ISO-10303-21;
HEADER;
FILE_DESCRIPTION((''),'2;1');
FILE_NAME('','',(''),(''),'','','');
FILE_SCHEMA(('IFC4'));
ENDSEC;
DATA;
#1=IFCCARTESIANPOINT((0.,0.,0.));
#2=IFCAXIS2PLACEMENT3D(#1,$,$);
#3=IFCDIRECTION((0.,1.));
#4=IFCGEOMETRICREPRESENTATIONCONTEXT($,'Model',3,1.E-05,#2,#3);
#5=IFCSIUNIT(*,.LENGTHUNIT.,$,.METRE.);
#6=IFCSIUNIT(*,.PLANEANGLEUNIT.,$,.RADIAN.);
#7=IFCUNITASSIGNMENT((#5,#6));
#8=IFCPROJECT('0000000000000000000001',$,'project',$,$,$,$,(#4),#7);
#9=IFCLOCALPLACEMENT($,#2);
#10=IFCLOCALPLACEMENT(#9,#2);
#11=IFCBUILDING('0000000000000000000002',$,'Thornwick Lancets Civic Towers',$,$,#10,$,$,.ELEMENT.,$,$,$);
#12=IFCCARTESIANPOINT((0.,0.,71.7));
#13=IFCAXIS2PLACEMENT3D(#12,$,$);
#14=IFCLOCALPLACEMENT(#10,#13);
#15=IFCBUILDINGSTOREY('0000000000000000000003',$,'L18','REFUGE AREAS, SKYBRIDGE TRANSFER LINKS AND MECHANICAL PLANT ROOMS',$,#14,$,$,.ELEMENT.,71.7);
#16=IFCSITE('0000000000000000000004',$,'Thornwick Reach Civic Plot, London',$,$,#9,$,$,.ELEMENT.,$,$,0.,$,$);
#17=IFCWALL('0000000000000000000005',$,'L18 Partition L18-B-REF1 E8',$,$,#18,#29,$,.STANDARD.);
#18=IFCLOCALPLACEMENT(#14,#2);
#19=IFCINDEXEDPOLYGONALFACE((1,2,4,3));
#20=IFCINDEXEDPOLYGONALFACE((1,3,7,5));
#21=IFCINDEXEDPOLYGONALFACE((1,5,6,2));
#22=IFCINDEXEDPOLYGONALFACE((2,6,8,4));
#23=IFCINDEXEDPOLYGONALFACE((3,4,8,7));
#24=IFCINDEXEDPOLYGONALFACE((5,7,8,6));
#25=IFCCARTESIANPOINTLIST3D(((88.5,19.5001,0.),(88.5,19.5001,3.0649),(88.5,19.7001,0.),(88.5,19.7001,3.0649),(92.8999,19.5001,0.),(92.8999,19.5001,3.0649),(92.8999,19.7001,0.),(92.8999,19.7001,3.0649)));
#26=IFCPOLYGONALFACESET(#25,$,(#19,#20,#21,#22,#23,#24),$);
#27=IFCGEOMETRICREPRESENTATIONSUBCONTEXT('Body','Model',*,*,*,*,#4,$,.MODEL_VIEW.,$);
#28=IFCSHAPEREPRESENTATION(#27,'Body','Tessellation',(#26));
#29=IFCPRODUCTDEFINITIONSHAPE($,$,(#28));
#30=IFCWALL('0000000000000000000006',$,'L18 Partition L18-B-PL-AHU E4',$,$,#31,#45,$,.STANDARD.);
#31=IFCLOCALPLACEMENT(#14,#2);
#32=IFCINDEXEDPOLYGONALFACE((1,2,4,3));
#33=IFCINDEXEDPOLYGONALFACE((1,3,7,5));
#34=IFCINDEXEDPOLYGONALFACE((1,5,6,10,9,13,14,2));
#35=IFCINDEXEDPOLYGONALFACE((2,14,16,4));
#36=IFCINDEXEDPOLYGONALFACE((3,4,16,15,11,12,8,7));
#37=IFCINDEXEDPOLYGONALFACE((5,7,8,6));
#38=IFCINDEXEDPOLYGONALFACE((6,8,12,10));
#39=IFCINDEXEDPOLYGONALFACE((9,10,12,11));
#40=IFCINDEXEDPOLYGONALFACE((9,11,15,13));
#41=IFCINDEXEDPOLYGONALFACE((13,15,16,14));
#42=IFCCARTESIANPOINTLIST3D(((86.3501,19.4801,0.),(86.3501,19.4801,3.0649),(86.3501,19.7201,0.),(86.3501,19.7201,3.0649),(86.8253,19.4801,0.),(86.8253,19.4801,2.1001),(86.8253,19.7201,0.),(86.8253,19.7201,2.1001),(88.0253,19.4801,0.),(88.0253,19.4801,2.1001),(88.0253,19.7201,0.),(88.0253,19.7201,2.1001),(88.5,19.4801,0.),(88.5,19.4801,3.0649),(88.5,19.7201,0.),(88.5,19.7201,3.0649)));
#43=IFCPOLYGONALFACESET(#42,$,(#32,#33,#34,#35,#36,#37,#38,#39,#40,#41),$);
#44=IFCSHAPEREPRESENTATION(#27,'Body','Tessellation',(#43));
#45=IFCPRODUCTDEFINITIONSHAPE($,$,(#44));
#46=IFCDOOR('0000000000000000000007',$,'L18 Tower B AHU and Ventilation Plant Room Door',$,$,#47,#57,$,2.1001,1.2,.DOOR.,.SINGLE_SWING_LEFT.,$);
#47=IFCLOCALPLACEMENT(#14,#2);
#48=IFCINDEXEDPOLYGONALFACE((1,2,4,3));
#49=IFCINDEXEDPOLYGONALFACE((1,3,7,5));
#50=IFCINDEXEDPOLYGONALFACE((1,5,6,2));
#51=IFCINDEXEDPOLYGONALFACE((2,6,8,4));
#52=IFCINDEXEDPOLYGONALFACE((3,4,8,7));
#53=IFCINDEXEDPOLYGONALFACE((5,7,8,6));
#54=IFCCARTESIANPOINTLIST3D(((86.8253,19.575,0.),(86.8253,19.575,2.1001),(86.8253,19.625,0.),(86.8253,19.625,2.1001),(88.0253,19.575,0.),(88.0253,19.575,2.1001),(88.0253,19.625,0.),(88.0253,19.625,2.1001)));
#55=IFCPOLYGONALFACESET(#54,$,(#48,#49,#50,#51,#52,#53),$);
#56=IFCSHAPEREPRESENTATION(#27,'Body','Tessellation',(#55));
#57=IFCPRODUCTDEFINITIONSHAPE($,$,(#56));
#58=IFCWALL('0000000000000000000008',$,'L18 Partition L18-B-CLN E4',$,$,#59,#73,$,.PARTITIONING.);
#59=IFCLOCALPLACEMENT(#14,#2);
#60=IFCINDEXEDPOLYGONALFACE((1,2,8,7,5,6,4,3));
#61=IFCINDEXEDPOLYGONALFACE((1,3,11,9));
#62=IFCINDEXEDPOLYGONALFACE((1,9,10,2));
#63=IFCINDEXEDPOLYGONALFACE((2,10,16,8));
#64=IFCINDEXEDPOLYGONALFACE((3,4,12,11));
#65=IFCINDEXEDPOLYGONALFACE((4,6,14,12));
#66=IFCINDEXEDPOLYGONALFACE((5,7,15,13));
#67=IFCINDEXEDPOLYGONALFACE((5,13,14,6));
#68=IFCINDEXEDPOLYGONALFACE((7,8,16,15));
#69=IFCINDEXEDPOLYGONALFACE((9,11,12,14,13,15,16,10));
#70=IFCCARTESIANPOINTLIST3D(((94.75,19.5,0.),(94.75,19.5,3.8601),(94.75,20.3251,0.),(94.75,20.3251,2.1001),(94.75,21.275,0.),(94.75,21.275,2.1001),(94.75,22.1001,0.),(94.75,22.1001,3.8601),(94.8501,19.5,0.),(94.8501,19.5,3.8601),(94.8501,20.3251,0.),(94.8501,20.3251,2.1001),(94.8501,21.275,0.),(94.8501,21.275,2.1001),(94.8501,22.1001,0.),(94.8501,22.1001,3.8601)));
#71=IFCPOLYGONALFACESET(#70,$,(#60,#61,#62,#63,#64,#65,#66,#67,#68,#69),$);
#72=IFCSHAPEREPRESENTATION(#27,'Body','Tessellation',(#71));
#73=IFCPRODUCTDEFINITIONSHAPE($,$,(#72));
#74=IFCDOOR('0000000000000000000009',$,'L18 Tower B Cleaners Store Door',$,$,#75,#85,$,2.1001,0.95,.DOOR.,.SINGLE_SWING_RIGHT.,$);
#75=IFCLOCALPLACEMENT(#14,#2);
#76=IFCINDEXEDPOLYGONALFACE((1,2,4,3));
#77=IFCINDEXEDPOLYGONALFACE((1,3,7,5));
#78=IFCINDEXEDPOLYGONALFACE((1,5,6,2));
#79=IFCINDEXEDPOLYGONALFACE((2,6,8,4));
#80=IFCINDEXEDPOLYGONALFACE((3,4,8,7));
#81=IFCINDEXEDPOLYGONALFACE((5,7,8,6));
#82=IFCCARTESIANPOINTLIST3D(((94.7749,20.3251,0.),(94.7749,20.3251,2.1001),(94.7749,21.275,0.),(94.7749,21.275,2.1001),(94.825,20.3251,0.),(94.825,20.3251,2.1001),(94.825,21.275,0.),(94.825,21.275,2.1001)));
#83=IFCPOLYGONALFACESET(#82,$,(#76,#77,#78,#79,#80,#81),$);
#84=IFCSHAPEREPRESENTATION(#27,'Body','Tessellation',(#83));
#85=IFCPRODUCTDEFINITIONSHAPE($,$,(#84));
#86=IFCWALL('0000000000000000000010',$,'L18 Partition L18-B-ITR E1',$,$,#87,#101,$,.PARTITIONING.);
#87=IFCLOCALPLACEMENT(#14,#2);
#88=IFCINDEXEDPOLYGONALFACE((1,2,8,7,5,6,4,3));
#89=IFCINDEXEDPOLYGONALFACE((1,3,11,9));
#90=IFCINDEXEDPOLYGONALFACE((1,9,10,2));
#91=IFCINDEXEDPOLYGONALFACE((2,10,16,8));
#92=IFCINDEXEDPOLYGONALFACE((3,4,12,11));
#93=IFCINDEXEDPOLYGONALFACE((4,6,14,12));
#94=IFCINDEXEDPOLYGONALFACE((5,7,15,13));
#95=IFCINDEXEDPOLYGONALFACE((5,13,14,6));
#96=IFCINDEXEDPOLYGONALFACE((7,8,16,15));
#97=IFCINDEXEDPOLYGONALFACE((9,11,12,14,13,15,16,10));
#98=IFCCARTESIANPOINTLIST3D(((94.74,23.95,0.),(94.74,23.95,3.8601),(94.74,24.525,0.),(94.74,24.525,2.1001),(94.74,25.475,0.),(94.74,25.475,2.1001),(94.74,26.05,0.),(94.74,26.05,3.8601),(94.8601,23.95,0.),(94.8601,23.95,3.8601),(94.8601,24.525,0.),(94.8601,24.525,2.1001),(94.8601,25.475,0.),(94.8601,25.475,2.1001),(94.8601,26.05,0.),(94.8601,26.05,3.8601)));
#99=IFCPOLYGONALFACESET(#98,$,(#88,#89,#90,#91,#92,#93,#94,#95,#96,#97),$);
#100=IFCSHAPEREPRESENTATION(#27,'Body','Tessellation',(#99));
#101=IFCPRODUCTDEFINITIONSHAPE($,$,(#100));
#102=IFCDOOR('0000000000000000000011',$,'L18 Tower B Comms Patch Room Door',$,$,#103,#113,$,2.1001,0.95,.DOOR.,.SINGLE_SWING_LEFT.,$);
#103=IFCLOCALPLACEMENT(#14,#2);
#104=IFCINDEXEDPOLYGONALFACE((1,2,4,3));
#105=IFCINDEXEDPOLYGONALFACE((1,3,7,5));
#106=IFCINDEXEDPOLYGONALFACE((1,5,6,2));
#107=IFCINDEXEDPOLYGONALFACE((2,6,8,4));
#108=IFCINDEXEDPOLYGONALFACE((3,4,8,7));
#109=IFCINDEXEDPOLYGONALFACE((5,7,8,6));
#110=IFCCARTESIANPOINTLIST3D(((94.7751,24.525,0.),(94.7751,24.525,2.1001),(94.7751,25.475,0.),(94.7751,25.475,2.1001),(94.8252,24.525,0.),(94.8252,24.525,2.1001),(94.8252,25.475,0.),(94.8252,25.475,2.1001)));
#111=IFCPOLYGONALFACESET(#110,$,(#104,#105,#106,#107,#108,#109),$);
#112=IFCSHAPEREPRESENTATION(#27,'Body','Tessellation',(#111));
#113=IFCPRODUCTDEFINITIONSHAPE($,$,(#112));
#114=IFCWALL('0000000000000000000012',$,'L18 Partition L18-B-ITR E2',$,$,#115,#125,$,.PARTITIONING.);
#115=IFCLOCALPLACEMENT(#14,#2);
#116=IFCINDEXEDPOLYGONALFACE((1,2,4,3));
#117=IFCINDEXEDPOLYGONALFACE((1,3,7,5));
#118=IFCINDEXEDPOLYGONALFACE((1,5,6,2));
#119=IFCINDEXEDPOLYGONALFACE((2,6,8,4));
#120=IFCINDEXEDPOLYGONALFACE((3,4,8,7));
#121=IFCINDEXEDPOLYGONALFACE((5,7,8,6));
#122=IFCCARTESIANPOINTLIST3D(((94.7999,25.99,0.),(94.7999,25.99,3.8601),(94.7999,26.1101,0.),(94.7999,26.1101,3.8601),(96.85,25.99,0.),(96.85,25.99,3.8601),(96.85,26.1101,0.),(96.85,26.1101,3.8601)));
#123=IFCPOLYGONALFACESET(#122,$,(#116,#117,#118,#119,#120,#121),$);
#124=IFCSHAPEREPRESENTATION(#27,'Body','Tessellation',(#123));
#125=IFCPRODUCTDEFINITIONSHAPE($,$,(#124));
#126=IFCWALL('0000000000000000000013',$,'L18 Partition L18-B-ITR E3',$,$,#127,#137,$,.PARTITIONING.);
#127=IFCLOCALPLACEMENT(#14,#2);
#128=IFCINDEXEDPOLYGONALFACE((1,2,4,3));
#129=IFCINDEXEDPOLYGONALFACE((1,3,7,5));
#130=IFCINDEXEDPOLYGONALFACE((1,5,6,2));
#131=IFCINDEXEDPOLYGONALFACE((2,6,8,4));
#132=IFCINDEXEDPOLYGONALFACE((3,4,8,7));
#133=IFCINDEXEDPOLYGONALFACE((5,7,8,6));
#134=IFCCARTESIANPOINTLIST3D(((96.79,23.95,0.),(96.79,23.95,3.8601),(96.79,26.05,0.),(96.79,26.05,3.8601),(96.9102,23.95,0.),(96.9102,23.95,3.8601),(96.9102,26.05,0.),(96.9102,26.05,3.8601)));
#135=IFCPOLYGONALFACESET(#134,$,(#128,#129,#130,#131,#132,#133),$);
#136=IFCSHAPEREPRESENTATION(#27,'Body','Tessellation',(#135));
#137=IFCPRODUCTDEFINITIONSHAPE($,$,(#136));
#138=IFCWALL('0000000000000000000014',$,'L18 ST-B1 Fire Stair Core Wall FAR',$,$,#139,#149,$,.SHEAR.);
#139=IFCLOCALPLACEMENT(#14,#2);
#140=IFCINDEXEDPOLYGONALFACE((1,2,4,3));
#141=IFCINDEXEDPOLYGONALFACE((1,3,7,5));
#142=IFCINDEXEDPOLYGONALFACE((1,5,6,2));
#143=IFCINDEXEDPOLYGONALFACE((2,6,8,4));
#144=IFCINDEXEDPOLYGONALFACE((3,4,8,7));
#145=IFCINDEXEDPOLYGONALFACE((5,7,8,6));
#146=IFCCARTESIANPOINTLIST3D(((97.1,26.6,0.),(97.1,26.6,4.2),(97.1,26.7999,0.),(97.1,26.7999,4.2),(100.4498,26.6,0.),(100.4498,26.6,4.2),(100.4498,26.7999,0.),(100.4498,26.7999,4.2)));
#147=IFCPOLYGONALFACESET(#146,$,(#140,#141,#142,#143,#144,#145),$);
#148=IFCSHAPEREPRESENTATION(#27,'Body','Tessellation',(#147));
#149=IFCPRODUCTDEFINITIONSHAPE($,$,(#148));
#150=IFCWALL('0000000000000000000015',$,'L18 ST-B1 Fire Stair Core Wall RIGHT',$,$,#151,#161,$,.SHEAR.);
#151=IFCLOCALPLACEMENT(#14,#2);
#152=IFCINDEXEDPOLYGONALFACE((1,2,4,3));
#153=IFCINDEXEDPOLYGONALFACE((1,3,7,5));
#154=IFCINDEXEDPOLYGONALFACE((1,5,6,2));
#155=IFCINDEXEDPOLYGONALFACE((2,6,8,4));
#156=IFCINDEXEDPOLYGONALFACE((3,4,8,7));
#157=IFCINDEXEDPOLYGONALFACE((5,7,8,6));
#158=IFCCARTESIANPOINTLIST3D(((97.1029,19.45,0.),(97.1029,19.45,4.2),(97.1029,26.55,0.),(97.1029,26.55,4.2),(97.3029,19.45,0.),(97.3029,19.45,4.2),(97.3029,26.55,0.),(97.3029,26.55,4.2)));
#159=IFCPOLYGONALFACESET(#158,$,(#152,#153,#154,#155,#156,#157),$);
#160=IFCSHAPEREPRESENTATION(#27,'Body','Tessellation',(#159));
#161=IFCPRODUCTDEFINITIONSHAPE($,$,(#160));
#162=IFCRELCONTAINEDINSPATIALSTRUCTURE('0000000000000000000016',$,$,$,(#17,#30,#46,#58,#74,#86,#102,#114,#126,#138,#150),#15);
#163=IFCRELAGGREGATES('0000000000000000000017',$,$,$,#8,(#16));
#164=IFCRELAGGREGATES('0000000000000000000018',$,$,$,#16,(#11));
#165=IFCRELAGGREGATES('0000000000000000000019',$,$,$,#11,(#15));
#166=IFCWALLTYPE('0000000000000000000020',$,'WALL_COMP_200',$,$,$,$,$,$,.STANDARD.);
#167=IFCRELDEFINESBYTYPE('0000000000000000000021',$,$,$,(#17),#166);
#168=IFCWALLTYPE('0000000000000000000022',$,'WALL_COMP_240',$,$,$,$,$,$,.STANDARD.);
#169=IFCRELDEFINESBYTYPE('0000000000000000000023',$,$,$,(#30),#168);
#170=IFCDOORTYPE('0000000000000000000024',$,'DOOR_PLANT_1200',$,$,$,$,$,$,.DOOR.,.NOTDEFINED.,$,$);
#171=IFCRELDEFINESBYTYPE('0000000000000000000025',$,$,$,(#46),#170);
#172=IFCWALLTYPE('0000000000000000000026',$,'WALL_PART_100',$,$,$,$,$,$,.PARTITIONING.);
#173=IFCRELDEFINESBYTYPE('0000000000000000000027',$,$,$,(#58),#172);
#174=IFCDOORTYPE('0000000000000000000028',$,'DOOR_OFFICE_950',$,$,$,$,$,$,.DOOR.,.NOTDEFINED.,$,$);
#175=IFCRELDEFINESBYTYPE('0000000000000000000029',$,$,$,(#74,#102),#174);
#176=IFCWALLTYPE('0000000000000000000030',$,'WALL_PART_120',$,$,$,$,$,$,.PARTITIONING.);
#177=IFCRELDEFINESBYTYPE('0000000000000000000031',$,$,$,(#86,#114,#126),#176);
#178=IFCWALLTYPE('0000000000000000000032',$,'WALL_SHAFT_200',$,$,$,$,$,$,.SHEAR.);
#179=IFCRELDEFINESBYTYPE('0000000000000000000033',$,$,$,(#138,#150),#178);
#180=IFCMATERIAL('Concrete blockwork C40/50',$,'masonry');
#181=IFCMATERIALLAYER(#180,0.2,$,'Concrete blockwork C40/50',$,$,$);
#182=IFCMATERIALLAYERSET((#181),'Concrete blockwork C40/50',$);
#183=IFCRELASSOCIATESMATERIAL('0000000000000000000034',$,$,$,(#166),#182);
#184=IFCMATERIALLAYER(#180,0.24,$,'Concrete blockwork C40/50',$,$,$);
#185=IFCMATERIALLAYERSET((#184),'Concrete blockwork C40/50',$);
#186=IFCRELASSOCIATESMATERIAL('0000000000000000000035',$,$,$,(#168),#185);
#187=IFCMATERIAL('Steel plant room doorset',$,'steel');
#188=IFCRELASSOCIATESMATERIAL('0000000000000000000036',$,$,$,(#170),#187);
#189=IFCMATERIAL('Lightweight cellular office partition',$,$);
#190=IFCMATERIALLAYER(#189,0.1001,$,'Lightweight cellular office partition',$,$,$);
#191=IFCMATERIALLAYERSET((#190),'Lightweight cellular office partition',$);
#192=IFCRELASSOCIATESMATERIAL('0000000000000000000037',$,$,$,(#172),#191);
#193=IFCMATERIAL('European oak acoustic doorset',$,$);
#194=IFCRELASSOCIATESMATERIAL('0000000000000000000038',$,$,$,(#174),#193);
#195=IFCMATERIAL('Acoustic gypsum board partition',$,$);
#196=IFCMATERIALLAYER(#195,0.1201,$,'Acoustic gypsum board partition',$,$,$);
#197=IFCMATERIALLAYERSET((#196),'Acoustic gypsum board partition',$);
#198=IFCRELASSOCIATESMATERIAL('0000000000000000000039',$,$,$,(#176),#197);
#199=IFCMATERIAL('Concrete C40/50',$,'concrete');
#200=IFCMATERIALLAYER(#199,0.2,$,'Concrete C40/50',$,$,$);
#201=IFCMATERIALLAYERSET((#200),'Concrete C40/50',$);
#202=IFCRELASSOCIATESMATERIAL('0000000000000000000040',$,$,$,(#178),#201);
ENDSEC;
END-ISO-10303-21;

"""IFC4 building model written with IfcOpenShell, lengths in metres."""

from ifc_helpers import new_model, si_unit, direction, frame, frame_2d, origin, place, context, subcontext, project, spatial, rectangle, extrude, material, layer, layer_set, type_object, element, fill, save


model = new_model("IFC4")

# Units and contexts
model_context = context("Model", 3, precision=1e-05, world=origin(), true_north=direction((0.0, 1.0)))
body_context = subcontext(model_context, "Body", "Model", "MODEL_VIEW")
ifc_project = project(units=[si_unit("LENGTHUNIT", "METRE"), si_unit("PLANEANGLEUNIT", "RADIAN")], contexts=[model_context])

# Site, building, storey
site_placement = place(None, origin())
site = spatial("IfcSite", under=ifc_project, at=site_placement, Name="Thornwick Reach Civic Plot, London", CompositionType="ELEMENT", RefElevation=0.0)
building_placement = place(site_placement, origin())
building = spatial("IfcBuilding", under=site, at=building_placement, Name="Thornwick Lancets Civic Towers", CompositionType="ELEMENT")
storey_placement = place(building_placement, frame((0.0, 0.0, 71.7)))
storey = spatial("IfcBuildingStorey", under=building, at=storey_placement, Name="L18", Description="REFUGE AREAS, SKYBRIDGE TRANSFER LINKS AND MECHANICAL PLANT ROOMS", CompositionType="ELEMENT", Elevation=71.7)

# Shared definitions
ifc_material_1 = material(Name="Concrete blockwork C40/50", Category="masonry")
ifc_layer_1 = layer(ifc_material_1, 0.2, Name="Concrete blockwork C40/50")
ifc_layer_set_1 = layer_set([ifc_layer_1], Name="Concrete blockwork C40/50")
wall_type_1 = type_object("IfcWallType", Name="WALL_COMP_200", PredefinedType="STANDARD", material=ifc_layer_set_1)

# Wall
wall_1_placement = place(storey_placement, frame((88.5, 19.6001, 0.0), z_axis=(0.0, 0.0, 1.0), x_axis=(1.0, 0.0, 0.0)))
element("IfcWall", 1, at=wall_1_placement, inside=storey, type_object=wall_type_1, Name="L18 Partition L18-B-REF1 E8", PredefinedType="STANDARD", context=body_context, shape_type="SweptSolid", body=[
    extrude(rectangle(XDim=4.3999, YDim=0.2, at=frame_2d((2.2, 0.0))), origin(), (0.0, 0.0, 1.0), 3.0649),
])

# Walls, openings, doors
ifc_layer_2 = layer(ifc_material_1, 0.24, Name="Concrete blockwork C40/50")
ifc_layer_set_2 = layer_set([ifc_layer_2], Name="Concrete blockwork C40/50")
wall_type_2 = type_object("IfcWallType", Name="WALL_COMP_240", PredefinedType="STANDARD", material=ifc_layer_set_2)
wall_2_placement = place(storey_placement, frame((86.3501, 19.6001, 0.0), z_axis=(0.0, 0.0, 1.0), x_axis=(1.0, 0.0, 0.0)))
wall_2 = element("IfcWall", 2, at=wall_2_placement, inside=storey, type_object=wall_type_2, Name="L18 Partition L18-B-PL-AHU E4", PredefinedType="STANDARD", context=body_context, shape_type="SweptSolid", body=[
    extrude(rectangle(XDim=2.1499, YDim=0.24, at=frame_2d((1.075, 0.0))), origin(), (0.0, 0.0, 1.0), 3.0649),
])
opening_1_placement = place(wall_2_placement, frame((0.4751, 0.0, 0.0)))
opening_1 = element("IfcOpeningElement", 3, at=opening_1_placement, cuts=wall_2, PredefinedType="OPENING", context=body_context, shape_type="SweptSolid", body=[
    extrude(rectangle(XDim=1.2, YDim=2.1001, at=frame_2d((0.6001, 1.05))), frame((0.0, 0.1299, 0.0), z_axis=(0.0, -1.0, 0.0), x_axis=(1.0, 0.0, 0.0)), (0.0, 0.0, 1.0), 0.26),
])
ifc_material_2 = material(Name="Steel plant room doorset", Category="steel")
door_type_1 = type_object("IfcDoorType", Name="DOOR_PLANT_1200", OperationType="NOTDEFINED", PredefinedType="DOOR", material=ifc_material_2)
door_1_placement = place(opening_1_placement, origin())
door_1 = element("IfcDoor", 4, at=door_1_placement, inside=storey, type_object=door_type_1, Name="L18 Tower B AHU and Ventilation Plant Room Door", OperationType="SINGLE_SWING_LEFT", OverallHeight=2.1001, OverallWidth=1.2, PredefinedType="DOOR", context=body_context, shape_type="SweptSolid", body=[
    extrude(rectangle(XDim=1.2, YDim=2.1001, at=frame_2d((0.6001, 1.05))), frame((0.0, 0.0249, 0.0), z_axis=(0.0, -1.0, 0.0), x_axis=(1.0, 0.0, 0.0)), (0.0, 0.0, 1.0), 0.05),
])
fill(opening_1, door_1)
ifc_material_3 = material(Name="Lightweight cellular office partition")
ifc_layer_3 = layer(ifc_material_3, 0.1001, Name="Lightweight cellular office partition")
ifc_layer_set_3 = layer_set([ifc_layer_3], Name="Lightweight cellular office partition")
wall_type_3 = type_object("IfcWallType", Name="WALL_PART_100", PredefinedType="PARTITIONING", material=ifc_layer_set_3)
wall_3_placement = place(storey_placement, frame((94.8, 22.1001, 0.0), z_axis=(0.0, 0.0, 1.0), x_axis=(0.0, -1.0, 0.0)))
wall_3 = element("IfcWall", 5, at=wall_3_placement, inside=storey, type_object=wall_type_3, Name="L18 Partition L18-B-CLN E4", PredefinedType="PARTITIONING", context=body_context, shape_type="SweptSolid", body=[
    extrude(rectangle(XDim=2.6001, YDim=0.1001, at=frame_2d((1.3, 0.0))), origin(), (0.0, 0.0, 1.0), 3.8601),
])
opening_2_placement = place(wall_3_placement, frame((0.825, 0.0, 0.0)))
opening_2 = element("IfcOpeningElement", 6, at=opening_2_placement, cuts=wall_3, PredefinedType="OPENING", context=body_context, shape_type="SweptSolid", body=[
    extrude(rectangle(XDim=0.95, YDim=2.1001, at=frame_2d((0.4751, 1.05))), frame((0.0, 0.0601, 0.0), z_axis=(0.0, -1.0, 0.0), x_axis=(1.0, 0.0, 0.0)), (0.0, 0.0, 1.0), 0.1201),
])
ifc_material_4 = material(Name="European oak acoustic doorset")
door_type_2 = type_object("IfcDoorType", Name="DOOR_OFFICE_950", OperationType="NOTDEFINED", PredefinedType="DOOR", material=ifc_material_4)
door_2_placement = place(opening_2_placement, origin())
door_2 = element("IfcDoor", 7, at=door_2_placement, inside=storey, type_object=door_type_2, Name="L18 Tower B Cleaners Store Door", OperationType="SINGLE_SWING_RIGHT", OverallHeight=2.1001, OverallWidth=0.95, PredefinedType="DOOR", context=body_context, shape_type="SweptSolid", body=[
    extrude(rectangle(XDim=0.95, YDim=2.1001, at=frame_2d((0.4751, 1.05))), frame((0.0, 0.0249, 0.0), z_axis=(0.0, -1.0, 0.0), x_axis=(1.0, 0.0, 0.0)), (0.0, 0.0, 1.0), 0.05),
])
fill(opening_2, door_2)
ifc_material_5 = material(Name="Acoustic gypsum board partition")
ifc_layer_4 = layer(ifc_material_5, 0.1201, Name="Acoustic gypsum board partition")
ifc_layer_set_4 = layer_set([ifc_layer_4], Name="Acoustic gypsum board partition")
wall_type_4 = type_object("IfcWallType", Name="WALL_PART_120", PredefinedType="PARTITIONING", material=ifc_layer_set_4)
wall_4_placement = place(storey_placement, frame((94.8, 23.95, 0.0), z_axis=(0.0, 0.0, 1.0), x_axis=(0.0, 1.0, 0.0)))
wall_4 = element("IfcWall", 8, at=wall_4_placement, inside=storey, type_object=wall_type_4, Name="L18 Partition L18-B-ITR E1", PredefinedType="PARTITIONING", context=body_context, shape_type="SweptSolid", body=[
    extrude(rectangle(XDim=2.1001, YDim=0.1201, at=frame_2d((1.05, 0.0))), origin(), (0.0, 0.0, 1.0), 3.8601),
])
opening_3_placement = place(wall_4_placement, frame((0.575, 0.0, 0.0)))
opening_3 = element("IfcOpeningElement", 9, at=opening_3_placement, cuts=wall_4, PredefinedType="OPENING", context=body_context, shape_type="SweptSolid", body=[
    extrude(rectangle(XDim=0.95, YDim=2.1001, at=frame_2d((0.4751, 1.05))), frame((0.0, 0.0701, 0.0), z_axis=(0.0, -1.0, 0.0), x_axis=(1.0, 0.0, 0.0)), (0.0, 0.0, 1.0), 0.1401),
])
door_3_placement = place(opening_3_placement, origin())
door_3 = element("IfcDoor", 10, at=door_3_placement, inside=storey, type_object=door_type_2, Name="L18 Tower B Comms Patch Room Door", OperationType="SINGLE_SWING_LEFT", OverallHeight=2.1001, OverallWidth=0.95, PredefinedType="DOOR", context=body_context, shape_type="SweptSolid", body=[
    extrude(rectangle(XDim=0.95, YDim=2.1001, at=frame_2d((0.4751, 1.05))), frame((0.0, 0.0249, 0.0), z_axis=(0.0, -1.0, 0.0), x_axis=(1.0, 0.0, 0.0)), (0.0, 0.0, 1.0), 0.05),
])
fill(opening_3, door_3)

# Walls
wall_5_placement = place(storey_placement, frame((94.8, 26.05, 0.0), z_axis=(0.0, 0.0, 1.0), x_axis=(1.0, 0.0, 0.0)))
element("IfcWall", 11, at=wall_5_placement, inside=storey, type_object=wall_type_4, Name="L18 Partition L18-B-ITR E2", PredefinedType="PARTITIONING", context=body_context, shape_type="SweptSolid", body=[
    extrude(rectangle(XDim=2.05, YDim=0.1201, at=frame_2d((1.0249, 0.0))), origin(), (0.0, 0.0, 1.0), 3.8601),
])
wall_6_placement = place(storey_placement, frame((96.8501, 26.05, 0.0), z_axis=(0.0, 0.0, 1.0), x_axis=(0.0, -1.0, 0.0)))
element("IfcWall", 12, at=wall_6_placement, inside=storey, type_object=wall_type_4, Name="L18 Partition L18-B-ITR E3", PredefinedType="PARTITIONING", context=body_context, shape_type="SweptSolid", body=[
    extrude(rectangle(XDim=2.1001, YDim=0.1201, at=frame_2d((1.05, 0.0))), origin(), (0.0, 0.0, 1.0), 3.8601),
])
ifc_material_6 = material(Name="Concrete C40/50", Category="concrete")
ifc_layer_5 = layer(ifc_material_6, 0.2, Name="Concrete C40/50")
ifc_layer_set_5 = layer_set([ifc_layer_5], Name="Concrete C40/50")
wall_type_5 = type_object("IfcWallType", Name="WALL_SHAFT_200", PredefinedType="SHEAR", material=ifc_layer_set_5)
wall_7_placement = place(storey_placement, frame((97.1001, 26.7, 0.0), z_axis=(0.0, 0.0, 1.0), x_axis=(1.0, 0.0, 0.0)))
element("IfcWall", 13, at=wall_7_placement, inside=storey, type_object=wall_type_5, Name="L18 ST-B1 Fire Stair Core Wall FAR", PredefinedType="SHEAR", context=body_context, shape_type="SweptSolid", body=[
    extrude(rectangle(XDim=3.3499, YDim=0.2, at=frame_2d((1.6748, 0.0))), origin(), (0.0, 0.0, 1.0), 4.2),
])
wall_8_placement = place(storey_placement, frame((97.2029, 26.55, 0.0), z_axis=(0.0, 0.0, 1.0), x_axis=(0.0, -1.0, 0.0)))
element("IfcWall", 14, at=wall_8_placement, inside=storey, type_object=wall_type_5, Name="L18 ST-B1 Fire Stair Core Wall RIGHT", PredefinedType="SHEAR", context=body_context, shape_type="SweptSolid", body=[
    extrude(rectangle(XDim=7.1001, YDim=0.2, at=frame_2d((3.55, 0.0))), origin(), (0.0, 0.0, 1.0), 4.2),
])

save(model, "model.ifc")
